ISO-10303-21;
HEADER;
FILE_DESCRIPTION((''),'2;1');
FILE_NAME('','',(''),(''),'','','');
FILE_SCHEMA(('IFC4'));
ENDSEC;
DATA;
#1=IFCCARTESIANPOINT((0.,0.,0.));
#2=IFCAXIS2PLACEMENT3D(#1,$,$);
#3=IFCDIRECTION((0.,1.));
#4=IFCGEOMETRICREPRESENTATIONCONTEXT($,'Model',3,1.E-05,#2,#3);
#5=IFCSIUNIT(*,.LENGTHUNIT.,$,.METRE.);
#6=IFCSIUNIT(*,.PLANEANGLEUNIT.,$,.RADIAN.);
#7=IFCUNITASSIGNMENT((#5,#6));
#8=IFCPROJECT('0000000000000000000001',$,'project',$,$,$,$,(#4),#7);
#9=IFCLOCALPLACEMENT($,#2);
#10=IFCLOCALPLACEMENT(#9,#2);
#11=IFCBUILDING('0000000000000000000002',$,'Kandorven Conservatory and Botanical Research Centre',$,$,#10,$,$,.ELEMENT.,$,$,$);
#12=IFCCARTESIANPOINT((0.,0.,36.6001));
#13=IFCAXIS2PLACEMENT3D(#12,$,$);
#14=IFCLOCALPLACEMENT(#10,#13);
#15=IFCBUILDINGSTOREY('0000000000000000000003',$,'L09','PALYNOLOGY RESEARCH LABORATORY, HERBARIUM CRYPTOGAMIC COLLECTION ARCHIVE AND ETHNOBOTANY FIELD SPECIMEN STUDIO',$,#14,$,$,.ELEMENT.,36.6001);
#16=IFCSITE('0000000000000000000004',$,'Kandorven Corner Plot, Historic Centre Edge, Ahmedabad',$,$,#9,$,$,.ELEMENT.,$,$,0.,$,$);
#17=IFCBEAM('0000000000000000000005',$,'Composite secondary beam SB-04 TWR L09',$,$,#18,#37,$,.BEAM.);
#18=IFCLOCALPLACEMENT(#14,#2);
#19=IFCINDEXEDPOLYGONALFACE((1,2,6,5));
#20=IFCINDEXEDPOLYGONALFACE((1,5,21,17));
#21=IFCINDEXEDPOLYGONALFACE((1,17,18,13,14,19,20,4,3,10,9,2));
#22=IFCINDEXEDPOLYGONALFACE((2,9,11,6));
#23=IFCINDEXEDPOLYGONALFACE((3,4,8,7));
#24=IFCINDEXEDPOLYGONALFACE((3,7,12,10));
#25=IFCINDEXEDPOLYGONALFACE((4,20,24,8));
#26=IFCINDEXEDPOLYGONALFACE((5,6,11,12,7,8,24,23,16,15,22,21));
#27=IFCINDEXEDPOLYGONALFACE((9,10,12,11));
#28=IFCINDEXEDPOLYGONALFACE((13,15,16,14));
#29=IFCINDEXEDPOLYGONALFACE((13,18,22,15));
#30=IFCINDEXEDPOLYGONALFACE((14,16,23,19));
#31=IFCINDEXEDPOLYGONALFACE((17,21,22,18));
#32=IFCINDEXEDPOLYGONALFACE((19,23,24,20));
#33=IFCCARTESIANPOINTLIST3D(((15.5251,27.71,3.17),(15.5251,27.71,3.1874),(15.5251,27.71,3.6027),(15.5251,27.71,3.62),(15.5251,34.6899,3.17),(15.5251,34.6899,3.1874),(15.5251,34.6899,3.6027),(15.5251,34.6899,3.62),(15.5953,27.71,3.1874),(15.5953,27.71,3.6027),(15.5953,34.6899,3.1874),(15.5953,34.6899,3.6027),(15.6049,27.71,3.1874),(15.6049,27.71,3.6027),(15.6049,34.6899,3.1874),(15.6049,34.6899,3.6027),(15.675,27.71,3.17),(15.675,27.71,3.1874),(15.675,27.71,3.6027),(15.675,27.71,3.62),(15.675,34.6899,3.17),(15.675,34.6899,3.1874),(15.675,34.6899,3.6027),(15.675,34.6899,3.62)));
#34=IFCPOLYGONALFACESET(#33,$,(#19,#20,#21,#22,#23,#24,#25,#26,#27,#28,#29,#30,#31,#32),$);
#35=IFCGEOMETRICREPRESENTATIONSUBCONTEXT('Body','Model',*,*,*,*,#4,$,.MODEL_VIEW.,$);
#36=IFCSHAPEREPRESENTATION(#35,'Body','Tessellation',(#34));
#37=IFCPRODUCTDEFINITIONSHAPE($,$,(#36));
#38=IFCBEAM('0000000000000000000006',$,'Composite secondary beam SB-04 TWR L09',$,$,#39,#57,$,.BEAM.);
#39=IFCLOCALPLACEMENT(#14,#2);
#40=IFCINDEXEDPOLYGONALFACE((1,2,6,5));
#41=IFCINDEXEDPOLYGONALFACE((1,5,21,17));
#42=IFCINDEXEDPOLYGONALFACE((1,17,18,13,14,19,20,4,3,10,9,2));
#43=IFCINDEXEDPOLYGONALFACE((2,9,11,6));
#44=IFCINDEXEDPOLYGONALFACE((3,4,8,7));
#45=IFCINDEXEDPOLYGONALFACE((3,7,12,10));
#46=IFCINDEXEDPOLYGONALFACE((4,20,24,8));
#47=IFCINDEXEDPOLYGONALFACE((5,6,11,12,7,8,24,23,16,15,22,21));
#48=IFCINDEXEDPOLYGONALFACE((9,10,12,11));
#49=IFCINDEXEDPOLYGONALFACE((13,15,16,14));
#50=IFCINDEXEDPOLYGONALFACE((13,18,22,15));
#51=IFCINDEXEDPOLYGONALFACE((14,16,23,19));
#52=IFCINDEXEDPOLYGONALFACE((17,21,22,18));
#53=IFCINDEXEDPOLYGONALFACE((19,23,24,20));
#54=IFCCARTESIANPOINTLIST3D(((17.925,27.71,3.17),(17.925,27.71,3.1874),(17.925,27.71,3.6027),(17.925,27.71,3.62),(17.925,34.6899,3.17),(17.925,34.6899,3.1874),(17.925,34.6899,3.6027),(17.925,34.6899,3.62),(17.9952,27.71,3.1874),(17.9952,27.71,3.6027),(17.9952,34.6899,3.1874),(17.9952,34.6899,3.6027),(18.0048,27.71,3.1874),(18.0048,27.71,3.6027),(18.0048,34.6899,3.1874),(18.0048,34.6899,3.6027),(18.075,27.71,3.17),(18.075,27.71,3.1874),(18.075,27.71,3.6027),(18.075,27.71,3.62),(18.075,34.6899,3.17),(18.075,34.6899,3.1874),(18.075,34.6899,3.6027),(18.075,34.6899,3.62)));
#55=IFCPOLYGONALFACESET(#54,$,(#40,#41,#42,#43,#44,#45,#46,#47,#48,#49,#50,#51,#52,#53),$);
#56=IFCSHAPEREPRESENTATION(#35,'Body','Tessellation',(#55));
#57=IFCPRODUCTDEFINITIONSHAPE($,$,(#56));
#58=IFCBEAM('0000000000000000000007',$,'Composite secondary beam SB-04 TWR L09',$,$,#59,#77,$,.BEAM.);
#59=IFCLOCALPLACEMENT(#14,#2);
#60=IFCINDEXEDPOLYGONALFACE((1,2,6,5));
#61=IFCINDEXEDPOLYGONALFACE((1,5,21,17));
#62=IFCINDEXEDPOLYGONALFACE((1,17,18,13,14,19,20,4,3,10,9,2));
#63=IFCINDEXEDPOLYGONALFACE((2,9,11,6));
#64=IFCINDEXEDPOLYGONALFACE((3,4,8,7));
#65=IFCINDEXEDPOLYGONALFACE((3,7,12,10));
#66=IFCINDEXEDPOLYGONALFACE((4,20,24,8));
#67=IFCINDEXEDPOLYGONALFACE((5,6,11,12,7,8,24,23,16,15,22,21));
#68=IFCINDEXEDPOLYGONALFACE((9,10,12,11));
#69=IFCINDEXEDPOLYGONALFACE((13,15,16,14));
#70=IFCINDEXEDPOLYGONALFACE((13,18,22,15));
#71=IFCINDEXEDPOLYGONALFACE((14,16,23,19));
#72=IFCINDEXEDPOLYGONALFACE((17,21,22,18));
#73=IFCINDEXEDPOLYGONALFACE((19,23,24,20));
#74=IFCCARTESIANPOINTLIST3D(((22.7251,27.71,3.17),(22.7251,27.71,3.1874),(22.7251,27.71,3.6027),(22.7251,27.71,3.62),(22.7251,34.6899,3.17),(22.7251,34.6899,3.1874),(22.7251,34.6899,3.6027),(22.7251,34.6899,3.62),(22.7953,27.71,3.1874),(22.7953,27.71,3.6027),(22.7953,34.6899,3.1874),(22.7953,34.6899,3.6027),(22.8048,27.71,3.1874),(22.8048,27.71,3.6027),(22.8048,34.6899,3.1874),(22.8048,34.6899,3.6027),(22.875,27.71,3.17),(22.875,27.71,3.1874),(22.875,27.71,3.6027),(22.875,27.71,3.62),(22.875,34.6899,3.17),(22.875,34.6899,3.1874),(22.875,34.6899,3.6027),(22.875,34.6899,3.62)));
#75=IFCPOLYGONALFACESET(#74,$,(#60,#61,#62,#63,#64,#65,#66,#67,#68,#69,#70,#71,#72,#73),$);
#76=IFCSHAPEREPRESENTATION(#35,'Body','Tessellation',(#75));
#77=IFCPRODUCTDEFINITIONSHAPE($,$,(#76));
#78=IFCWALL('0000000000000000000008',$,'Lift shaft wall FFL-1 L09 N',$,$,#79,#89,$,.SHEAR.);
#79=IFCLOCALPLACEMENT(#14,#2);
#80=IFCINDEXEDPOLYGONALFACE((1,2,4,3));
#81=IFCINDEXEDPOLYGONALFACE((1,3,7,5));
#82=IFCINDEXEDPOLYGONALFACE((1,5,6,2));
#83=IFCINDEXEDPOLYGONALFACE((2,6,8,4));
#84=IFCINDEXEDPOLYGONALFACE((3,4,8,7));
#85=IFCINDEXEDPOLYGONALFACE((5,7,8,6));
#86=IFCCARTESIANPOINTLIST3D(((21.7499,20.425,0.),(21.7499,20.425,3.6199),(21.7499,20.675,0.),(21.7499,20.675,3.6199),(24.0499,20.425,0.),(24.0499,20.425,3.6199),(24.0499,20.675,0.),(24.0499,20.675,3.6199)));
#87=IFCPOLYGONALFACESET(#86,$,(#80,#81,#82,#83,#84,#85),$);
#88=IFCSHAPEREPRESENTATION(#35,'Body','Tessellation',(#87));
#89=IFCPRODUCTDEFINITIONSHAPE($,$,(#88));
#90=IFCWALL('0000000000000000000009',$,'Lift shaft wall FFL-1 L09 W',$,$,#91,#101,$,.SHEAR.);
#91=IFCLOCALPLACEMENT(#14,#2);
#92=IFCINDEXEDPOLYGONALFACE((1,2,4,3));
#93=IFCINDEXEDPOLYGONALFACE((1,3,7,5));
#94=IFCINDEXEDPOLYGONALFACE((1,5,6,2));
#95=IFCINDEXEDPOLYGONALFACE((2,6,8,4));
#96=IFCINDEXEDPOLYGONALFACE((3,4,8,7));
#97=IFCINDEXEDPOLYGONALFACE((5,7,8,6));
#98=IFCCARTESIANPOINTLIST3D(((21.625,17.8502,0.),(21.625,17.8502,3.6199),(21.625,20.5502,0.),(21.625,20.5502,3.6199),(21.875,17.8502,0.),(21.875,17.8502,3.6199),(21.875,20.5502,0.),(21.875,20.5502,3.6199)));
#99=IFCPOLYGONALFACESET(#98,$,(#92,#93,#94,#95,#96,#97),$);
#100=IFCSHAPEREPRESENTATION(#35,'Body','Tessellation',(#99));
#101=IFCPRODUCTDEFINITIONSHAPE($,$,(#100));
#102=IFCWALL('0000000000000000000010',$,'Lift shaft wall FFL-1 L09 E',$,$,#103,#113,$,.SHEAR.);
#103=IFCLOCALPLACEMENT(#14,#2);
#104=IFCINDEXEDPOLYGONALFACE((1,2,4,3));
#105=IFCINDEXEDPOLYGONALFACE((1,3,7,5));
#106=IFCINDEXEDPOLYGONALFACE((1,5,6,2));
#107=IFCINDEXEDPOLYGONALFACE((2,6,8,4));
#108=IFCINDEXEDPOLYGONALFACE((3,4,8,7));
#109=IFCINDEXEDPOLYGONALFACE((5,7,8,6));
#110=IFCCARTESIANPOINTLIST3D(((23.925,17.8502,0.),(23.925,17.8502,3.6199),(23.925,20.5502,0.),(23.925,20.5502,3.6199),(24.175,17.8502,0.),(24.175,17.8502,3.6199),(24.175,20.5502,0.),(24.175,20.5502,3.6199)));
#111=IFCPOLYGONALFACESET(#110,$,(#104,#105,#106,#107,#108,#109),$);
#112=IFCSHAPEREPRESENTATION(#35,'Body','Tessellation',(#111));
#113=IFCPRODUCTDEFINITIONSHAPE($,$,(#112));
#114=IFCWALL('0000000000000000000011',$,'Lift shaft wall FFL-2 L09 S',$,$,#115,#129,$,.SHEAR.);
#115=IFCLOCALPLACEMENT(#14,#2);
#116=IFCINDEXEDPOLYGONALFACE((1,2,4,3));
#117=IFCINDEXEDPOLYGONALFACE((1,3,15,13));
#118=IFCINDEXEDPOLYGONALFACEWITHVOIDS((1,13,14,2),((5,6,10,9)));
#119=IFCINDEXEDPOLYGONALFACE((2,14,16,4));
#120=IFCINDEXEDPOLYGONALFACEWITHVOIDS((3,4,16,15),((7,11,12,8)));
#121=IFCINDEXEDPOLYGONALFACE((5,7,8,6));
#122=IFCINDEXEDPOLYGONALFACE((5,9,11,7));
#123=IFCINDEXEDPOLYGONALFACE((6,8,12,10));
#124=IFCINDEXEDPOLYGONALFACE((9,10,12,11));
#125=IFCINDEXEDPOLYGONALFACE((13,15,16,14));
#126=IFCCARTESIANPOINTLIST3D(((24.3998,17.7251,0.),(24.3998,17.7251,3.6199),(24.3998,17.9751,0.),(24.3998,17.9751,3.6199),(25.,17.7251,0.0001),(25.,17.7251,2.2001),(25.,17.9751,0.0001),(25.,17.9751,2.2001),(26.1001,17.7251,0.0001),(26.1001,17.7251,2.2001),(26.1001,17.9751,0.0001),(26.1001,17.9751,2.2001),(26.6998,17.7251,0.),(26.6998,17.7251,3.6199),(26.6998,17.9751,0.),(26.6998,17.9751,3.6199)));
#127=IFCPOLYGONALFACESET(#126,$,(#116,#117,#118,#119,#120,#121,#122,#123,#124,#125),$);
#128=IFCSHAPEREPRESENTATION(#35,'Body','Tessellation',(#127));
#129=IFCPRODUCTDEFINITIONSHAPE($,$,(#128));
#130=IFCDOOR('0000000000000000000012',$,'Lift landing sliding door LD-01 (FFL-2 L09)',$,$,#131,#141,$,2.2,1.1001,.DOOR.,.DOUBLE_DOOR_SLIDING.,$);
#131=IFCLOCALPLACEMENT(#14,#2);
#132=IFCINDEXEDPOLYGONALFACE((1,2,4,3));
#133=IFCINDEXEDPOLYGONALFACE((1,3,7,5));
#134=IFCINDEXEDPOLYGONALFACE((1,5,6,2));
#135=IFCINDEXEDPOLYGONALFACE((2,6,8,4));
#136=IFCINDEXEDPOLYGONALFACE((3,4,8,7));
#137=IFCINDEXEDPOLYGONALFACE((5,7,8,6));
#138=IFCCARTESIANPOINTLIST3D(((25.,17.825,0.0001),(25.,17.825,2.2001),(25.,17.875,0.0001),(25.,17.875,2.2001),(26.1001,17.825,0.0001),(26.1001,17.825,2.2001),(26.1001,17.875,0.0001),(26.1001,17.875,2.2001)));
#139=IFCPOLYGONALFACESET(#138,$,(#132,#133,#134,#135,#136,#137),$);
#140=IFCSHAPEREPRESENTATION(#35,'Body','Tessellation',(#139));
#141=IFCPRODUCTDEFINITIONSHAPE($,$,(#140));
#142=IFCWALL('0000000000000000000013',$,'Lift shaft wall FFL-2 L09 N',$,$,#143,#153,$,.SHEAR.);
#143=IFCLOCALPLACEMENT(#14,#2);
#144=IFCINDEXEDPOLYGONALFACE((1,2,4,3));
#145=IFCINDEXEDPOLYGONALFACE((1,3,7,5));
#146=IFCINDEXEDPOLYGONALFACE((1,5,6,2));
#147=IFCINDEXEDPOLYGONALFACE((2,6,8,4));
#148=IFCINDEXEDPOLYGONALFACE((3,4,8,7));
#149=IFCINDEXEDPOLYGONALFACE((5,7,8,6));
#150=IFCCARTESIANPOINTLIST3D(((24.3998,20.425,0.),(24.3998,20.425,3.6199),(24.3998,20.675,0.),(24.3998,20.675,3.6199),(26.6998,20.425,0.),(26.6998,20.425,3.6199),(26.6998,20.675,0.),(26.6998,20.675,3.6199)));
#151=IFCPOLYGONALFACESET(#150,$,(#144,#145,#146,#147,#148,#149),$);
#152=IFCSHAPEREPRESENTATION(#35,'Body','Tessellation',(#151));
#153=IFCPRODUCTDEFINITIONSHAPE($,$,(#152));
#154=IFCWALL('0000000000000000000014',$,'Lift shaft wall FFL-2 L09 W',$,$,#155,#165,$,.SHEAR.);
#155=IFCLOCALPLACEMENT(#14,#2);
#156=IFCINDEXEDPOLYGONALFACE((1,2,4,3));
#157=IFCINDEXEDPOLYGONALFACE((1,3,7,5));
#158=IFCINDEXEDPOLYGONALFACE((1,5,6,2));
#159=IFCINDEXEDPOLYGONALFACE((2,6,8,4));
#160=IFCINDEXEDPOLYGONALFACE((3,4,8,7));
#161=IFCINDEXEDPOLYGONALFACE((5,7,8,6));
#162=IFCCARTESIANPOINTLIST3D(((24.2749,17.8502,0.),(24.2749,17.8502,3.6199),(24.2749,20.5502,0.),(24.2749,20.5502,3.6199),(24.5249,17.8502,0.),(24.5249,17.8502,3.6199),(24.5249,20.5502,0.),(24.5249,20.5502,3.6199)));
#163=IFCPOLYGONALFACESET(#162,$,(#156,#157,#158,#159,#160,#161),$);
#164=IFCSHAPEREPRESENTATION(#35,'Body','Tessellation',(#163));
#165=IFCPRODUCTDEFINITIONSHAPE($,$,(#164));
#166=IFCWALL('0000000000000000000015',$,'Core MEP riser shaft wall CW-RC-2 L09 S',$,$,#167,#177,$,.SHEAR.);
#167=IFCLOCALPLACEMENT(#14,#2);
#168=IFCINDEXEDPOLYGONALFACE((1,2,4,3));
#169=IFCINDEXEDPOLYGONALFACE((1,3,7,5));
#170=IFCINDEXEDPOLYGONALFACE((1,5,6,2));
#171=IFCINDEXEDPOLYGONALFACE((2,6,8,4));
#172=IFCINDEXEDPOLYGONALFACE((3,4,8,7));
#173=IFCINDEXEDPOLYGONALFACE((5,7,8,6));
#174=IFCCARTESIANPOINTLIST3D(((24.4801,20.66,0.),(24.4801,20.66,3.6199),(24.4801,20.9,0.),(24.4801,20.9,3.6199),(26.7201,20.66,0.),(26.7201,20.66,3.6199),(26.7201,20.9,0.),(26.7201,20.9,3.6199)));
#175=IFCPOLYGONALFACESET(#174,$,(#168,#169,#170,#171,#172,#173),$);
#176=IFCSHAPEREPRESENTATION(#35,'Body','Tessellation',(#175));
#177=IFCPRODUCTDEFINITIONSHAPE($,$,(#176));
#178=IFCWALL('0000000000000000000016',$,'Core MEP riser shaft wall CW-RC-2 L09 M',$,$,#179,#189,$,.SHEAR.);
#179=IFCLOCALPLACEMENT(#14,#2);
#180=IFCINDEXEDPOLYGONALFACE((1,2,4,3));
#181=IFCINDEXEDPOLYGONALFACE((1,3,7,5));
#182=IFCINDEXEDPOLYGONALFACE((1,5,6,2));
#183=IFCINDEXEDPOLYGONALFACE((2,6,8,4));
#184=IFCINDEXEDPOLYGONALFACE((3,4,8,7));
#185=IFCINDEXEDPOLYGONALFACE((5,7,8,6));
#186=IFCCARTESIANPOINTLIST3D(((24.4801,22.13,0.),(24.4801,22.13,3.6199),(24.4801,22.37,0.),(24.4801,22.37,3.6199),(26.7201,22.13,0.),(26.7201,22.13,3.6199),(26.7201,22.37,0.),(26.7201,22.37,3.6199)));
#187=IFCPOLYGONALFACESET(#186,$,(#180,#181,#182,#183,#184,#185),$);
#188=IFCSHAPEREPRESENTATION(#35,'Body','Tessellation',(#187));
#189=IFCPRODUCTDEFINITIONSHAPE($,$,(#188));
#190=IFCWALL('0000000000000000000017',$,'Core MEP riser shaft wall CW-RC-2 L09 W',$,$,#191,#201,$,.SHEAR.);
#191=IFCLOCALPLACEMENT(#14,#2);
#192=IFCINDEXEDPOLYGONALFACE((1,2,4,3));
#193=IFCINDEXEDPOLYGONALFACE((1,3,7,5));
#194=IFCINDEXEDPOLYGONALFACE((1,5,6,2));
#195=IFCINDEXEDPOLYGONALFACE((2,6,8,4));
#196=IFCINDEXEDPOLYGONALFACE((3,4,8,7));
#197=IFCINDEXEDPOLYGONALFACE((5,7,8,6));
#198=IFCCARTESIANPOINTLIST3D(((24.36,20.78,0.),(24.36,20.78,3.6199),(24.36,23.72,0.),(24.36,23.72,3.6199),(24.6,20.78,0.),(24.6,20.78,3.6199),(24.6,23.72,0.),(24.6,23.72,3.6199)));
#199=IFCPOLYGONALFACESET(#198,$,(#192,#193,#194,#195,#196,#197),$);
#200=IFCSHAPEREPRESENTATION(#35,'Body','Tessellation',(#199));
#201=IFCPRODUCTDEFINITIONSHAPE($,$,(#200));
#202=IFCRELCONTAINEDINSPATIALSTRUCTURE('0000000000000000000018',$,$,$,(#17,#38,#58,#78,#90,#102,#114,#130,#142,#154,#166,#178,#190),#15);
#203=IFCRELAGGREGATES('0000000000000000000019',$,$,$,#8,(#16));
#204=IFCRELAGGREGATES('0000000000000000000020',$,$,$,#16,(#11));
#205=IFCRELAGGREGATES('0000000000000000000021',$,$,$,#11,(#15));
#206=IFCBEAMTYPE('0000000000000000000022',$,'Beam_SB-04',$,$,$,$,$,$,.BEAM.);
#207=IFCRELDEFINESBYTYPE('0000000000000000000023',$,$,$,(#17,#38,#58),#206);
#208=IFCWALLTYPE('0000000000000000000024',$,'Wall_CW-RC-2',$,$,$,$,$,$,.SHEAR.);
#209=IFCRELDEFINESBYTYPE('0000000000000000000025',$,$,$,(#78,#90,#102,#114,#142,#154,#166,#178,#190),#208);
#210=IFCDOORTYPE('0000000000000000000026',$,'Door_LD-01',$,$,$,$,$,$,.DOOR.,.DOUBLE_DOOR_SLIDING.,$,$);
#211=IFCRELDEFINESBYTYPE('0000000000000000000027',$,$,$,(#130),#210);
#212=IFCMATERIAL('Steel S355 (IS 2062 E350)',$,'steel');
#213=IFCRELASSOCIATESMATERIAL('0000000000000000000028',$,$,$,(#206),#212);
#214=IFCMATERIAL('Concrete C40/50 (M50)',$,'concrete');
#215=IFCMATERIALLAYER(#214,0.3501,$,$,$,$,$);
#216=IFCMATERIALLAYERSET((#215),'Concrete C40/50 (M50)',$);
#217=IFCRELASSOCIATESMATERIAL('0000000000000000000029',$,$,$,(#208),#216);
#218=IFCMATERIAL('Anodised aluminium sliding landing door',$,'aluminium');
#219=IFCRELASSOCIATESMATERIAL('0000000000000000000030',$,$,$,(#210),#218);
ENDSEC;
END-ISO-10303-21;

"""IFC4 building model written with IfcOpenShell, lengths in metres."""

from ifc_helpers import new_model, si_unit, direction, frame, frame_2d, origin, origin_2d, place, context, subcontext, project, spatial, rectangle, i_section, extrude, material, layer, layer_set, material_profile, profile_set, type_object, element, fill, save


model = new_model("IFC4")

# Units and contexts
model_context = context("Model", 3, precision=1e-05, world=origin(), true_north=direction((0.0, 1.0)))
body_context = subcontext(model_context, "Body", "Model", "MODEL_VIEW")
ifc_project = project(units=[si_unit("LENGTHUNIT", "METRE"), si_unit("PLANEANGLEUNIT", "RADIAN")], contexts=[model_context])

# Site, building, storey
site_placement = place(None, origin())
site = spatial("IfcSite", under=ifc_project, at=site_placement, Name="Kandorven Corner Plot, Historic Centre Edge, Ahmedabad", CompositionType="ELEMENT", RefElevation=0.0)
building_placement = place(site_placement, origin())
building = spatial("IfcBuilding", under=site, at=building_placement, Name="Kandorven Conservatory and Botanical Research Centre", CompositionType="ELEMENT")
storey_placement = place(building_placement, frame((0.0, 0.0, 36.6001)))
storey = spatial("IfcBuildingStorey", under=building, at=storey_placement, Name="L09", Description="PALYNOLOGY RESEARCH LABORATORY, HERBARIUM CRYPTOGAMIC COLLECTION ARCHIVE AND ETHNOBOTANY FIELD SPECIMEN STUDIO", CompositionType="ELEMENT", Elevation=36.6001)

# Beams
ifc_material_1 = material(Name="Steel S355 (IS 2062 E350)", Category="steel")
ifc_material_profile_1 = material_profile(ifc_material_1, i_section(OverallWidth=0.1499, OverallDepth=0.45, WebThickness=0.0095, FlangeThickness=0.0173, at=origin_2d()))
ifc_profile_set_1 = profile_set([ifc_material_profile_1], Name="Steel S355 (IS 2062 E350)")
beam_type_1 = type_object("IfcBeamType", Name="Beam_SB-04", PredefinedType="BEAM", material=ifc_profile_set_1)
for number, where, z_axis, x_axis, name in (
    (1, (15.6001, 27.71, 3.395), (0.0, 1.0, 0.0), (-1.0, 0.0, 0.0), "Composite secondary beam SB-04 TWR L09"),
    (2, (18.0, 27.71, 3.395), (0.0, 1.0, 0.0), (-1.0, 0.0, 0.0), "Composite secondary beam SB-04 TWR L09"),
    (3, (22.8, 27.71, 3.395), (0.0, 1.0, 0.0), (-1.0, 0.0, 0.0), "Composite secondary beam SB-04 TWR L09"),
):
    element("IfcBeam", number, at=place(storey_placement, frame(where, z_axis=z_axis, x_axis=x_axis)), inside=storey, type_object=beam_type_1, Name=name, PredefinedType="BEAM", context=body_context, shape_type="SweptSolid", body=[
        extrude(i_section(OverallWidth=0.1499, OverallDepth=0.45, WebThickness=0.0095, FlangeThickness=0.0173, at=origin_2d()), origin(), (0.0, 0.0, 1.0), 6.98),
    ])

# Walls
ifc_material_2 = material(Name="Concrete C40/50 (M50)", Category="concrete")
ifc_layer_1 = layer(ifc_material_2, 0.3501)
ifc_layer_set_1 = layer_set([ifc_layer_1], Name="Concrete C40/50 (M50)")
wall_type_1 = type_object("IfcWallType", Name="Wall_CW-RC-2", PredefinedType="SHEAR", material=ifc_layer_set_1)
wall_1_placement = place(storey_placement, frame((21.75, 20.55, 0.0), z_axis=(0.0, 0.0, 1.0), x_axis=(1.0, 0.0, 0.0)))
element("IfcWall", 4, at=wall_1_placement, inside=storey, type_object=wall_type_1, Name="Lift shaft wall FFL-1 L09 N", PredefinedType="SHEAR", context=body_context, shape_type="SweptSolid", body=[
    extrude(rectangle(XDim=2.3, YDim=0.25, at=frame_2d((1.1499, 0.0))), origin(), (0.0, 0.0, 1.0), 3.6199),
])
for number, where, z_axis, x_axis, name in (
    (5, (21.75, 17.8501, 0.0), (0.0, 0.0, 1.0), (0.0, 1.0, 0.0), "Lift shaft wall FFL-1 L09 W"),
    (6, (24.05, 17.8501, 0.0), (0.0, 0.0, 1.0), (0.0, 1.0, 0.0), "Lift shaft wall FFL-1 L09 E"),
):
    element("IfcWall", number, at=place(storey_placement, frame(where, z_axis=z_axis, x_axis=x_axis)), inside=storey, type_object=wall_type_1, Name=name, PredefinedType="SHEAR", context=body_context, shape_type="SweptSolid", body=[
        extrude(rectangle(XDim=2.7, YDim=0.25, at=frame_2d((1.3501, 0.0))), origin(), (0.0, 0.0, 1.0), 3.6199),
    ])

# Wall, opening, door
wall_2_placement = place(storey_placement, frame((24.3999, 17.8501, 0.0), z_axis=(0.0, 0.0, 1.0), x_axis=(1.0, 0.0, 0.0)))
wall_2 = element("IfcWall", 7, at=wall_2_placement, inside=storey, type_object=wall_type_1, Name="Lift shaft wall FFL-2 L09 S", PredefinedType="SHEAR", context=body_context, shape_type="SweptSolid", body=[
    extrude(rectangle(XDim=2.3, YDim=0.25, at=frame_2d((1.1499, 0.0))), origin(), (0.0, 0.0, 1.0), 3.6199),
])
opening_1_placement = place(wall_2_placement, frame((0.6001, 0.0, 0.0)))
opening_1 = element("IfcOpeningElement", 8, at=opening_1_placement, cuts=wall_2, PredefinedType="OPENING", context=body_context, shape_type="SweptSolid", body=[
    extrude(rectangle(XDim=1.1001, YDim=2.2, at=frame_2d((0.55, 1.1001))), frame((0.0, 0.135, 0.0), z_axis=(0.0, -1.0, 0.0), x_axis=(1.0, 0.0, 0.0)), (0.0, 0.0, 1.0), 0.27),
])
ifc_material_3 = material(Name="Anodised aluminium sliding landing door", Category="aluminium")
door_type_1 = type_object("IfcDoorType", Name="Door_LD-01", OperationType="DOUBLE_DOOR_SLIDING", PredefinedType="DOOR", material=ifc_material_3)
door_1_placement = place(opening_1_placement, origin())
door_1 = element("IfcDoor", 9, at=door_1_placement, inside=storey, type_object=door_type_1, Name="Lift landing sliding door LD-01 (FFL-2 L09)", OperationType="DOUBLE_DOOR_SLIDING", OverallHeight=2.2, OverallWidth=1.1001, PredefinedType="DOOR", context=body_context, shape_type="SweptSolid", body=[
    extrude(rectangle(XDim=1.1001, YDim=2.2, at=frame_2d((0.55, 1.1001))), frame((0.0, 0.0249, 0.0), z_axis=(0.0, -1.0, 0.0), x_axis=(1.0, 0.0, 0.0)), (0.0, 0.0, 1.0), 0.05),
])
fill(opening_1, door_1)

# Walls
wall_3_placement = place(storey_placement, frame((24.3999, 20.55, 0.0), z_axis=(0.0, 0.0, 1.0), x_axis=(1.0, 0.0, 0.0)))
element("IfcWall", 10, at=wall_3_placement, inside=storey, type_object=wall_type_1, Name="Lift shaft wall FFL-2 L09 N", PredefinedType="SHEAR", context=body_context, shape_type="SweptSolid", body=[
    extrude(rectangle(XDim=2.3, YDim=0.25, at=frame_2d((1.1499, 0.0))), origin(), (0.0, 0.0, 1.0), 3.6199),
])
wall_4_placement = place(storey_placement, frame((24.3999, 17.8501, 0.0), z_axis=(0.0, 0.0, 1.0), x_axis=(0.0, 1.0, 0.0)))
element("IfcWall", 11, at=wall_4_placement, inside=storey, type_object=wall_type_1, Name="Lift shaft wall FFL-2 L09 W", PredefinedType="SHEAR", context=body_context, shape_type="SweptSolid", body=[
    extrude(rectangle(XDim=2.7, YDim=0.25, at=frame_2d((1.3501, 0.0))), origin(), (0.0, 0.0, 1.0), 3.6199),
])
for number, where, z_axis, x_axis, name in (
    (12, (24.48, 20.78, 0.0), (0.0, 0.0, 1.0), (1.0, 0.0, 0.0), "Core MEP riser shaft wall CW-RC-2 L09 S"),
    (13, (24.48, 22.25, 0.0), (0.0, 0.0, 1.0), (1.0, 0.0, 0.0), "Core MEP riser shaft wall CW-RC-2 L09 M"),
):
    element("IfcWall", number, at=place(storey_placement, frame(where, z_axis=z_axis, x_axis=x_axis)), inside=storey, type_object=wall_type_1, Name=name, PredefinedType="SHEAR", context=body_context, shape_type="SweptSolid", body=[
        extrude(rectangle(XDim=2.24, YDim=0.24, at=frame_2d((1.1201, 0.0))), origin(), (0.0, 0.0, 1.0), 3.6199),
    ])
wall_5_placement = place(storey_placement, frame((24.48, 20.78, 0.0), z_axis=(0.0, 0.0, 1.0), x_axis=(0.0, 1.0, 0.0)))
element("IfcWall", 14, at=wall_5_placement, inside=storey, type_object=wall_type_1, Name="Core MEP riser shaft wall CW-RC-2 L09 W", PredefinedType="SHEAR", context=body_context, shape_type="SweptSolid", body=[
    extrude(rectangle(XDim=2.9399, YDim=0.24, at=frame_2d((1.47, 0.0))), origin(), (0.0, 0.0, 1.0), 3.6199),
])

save(model, "model.ifc")
